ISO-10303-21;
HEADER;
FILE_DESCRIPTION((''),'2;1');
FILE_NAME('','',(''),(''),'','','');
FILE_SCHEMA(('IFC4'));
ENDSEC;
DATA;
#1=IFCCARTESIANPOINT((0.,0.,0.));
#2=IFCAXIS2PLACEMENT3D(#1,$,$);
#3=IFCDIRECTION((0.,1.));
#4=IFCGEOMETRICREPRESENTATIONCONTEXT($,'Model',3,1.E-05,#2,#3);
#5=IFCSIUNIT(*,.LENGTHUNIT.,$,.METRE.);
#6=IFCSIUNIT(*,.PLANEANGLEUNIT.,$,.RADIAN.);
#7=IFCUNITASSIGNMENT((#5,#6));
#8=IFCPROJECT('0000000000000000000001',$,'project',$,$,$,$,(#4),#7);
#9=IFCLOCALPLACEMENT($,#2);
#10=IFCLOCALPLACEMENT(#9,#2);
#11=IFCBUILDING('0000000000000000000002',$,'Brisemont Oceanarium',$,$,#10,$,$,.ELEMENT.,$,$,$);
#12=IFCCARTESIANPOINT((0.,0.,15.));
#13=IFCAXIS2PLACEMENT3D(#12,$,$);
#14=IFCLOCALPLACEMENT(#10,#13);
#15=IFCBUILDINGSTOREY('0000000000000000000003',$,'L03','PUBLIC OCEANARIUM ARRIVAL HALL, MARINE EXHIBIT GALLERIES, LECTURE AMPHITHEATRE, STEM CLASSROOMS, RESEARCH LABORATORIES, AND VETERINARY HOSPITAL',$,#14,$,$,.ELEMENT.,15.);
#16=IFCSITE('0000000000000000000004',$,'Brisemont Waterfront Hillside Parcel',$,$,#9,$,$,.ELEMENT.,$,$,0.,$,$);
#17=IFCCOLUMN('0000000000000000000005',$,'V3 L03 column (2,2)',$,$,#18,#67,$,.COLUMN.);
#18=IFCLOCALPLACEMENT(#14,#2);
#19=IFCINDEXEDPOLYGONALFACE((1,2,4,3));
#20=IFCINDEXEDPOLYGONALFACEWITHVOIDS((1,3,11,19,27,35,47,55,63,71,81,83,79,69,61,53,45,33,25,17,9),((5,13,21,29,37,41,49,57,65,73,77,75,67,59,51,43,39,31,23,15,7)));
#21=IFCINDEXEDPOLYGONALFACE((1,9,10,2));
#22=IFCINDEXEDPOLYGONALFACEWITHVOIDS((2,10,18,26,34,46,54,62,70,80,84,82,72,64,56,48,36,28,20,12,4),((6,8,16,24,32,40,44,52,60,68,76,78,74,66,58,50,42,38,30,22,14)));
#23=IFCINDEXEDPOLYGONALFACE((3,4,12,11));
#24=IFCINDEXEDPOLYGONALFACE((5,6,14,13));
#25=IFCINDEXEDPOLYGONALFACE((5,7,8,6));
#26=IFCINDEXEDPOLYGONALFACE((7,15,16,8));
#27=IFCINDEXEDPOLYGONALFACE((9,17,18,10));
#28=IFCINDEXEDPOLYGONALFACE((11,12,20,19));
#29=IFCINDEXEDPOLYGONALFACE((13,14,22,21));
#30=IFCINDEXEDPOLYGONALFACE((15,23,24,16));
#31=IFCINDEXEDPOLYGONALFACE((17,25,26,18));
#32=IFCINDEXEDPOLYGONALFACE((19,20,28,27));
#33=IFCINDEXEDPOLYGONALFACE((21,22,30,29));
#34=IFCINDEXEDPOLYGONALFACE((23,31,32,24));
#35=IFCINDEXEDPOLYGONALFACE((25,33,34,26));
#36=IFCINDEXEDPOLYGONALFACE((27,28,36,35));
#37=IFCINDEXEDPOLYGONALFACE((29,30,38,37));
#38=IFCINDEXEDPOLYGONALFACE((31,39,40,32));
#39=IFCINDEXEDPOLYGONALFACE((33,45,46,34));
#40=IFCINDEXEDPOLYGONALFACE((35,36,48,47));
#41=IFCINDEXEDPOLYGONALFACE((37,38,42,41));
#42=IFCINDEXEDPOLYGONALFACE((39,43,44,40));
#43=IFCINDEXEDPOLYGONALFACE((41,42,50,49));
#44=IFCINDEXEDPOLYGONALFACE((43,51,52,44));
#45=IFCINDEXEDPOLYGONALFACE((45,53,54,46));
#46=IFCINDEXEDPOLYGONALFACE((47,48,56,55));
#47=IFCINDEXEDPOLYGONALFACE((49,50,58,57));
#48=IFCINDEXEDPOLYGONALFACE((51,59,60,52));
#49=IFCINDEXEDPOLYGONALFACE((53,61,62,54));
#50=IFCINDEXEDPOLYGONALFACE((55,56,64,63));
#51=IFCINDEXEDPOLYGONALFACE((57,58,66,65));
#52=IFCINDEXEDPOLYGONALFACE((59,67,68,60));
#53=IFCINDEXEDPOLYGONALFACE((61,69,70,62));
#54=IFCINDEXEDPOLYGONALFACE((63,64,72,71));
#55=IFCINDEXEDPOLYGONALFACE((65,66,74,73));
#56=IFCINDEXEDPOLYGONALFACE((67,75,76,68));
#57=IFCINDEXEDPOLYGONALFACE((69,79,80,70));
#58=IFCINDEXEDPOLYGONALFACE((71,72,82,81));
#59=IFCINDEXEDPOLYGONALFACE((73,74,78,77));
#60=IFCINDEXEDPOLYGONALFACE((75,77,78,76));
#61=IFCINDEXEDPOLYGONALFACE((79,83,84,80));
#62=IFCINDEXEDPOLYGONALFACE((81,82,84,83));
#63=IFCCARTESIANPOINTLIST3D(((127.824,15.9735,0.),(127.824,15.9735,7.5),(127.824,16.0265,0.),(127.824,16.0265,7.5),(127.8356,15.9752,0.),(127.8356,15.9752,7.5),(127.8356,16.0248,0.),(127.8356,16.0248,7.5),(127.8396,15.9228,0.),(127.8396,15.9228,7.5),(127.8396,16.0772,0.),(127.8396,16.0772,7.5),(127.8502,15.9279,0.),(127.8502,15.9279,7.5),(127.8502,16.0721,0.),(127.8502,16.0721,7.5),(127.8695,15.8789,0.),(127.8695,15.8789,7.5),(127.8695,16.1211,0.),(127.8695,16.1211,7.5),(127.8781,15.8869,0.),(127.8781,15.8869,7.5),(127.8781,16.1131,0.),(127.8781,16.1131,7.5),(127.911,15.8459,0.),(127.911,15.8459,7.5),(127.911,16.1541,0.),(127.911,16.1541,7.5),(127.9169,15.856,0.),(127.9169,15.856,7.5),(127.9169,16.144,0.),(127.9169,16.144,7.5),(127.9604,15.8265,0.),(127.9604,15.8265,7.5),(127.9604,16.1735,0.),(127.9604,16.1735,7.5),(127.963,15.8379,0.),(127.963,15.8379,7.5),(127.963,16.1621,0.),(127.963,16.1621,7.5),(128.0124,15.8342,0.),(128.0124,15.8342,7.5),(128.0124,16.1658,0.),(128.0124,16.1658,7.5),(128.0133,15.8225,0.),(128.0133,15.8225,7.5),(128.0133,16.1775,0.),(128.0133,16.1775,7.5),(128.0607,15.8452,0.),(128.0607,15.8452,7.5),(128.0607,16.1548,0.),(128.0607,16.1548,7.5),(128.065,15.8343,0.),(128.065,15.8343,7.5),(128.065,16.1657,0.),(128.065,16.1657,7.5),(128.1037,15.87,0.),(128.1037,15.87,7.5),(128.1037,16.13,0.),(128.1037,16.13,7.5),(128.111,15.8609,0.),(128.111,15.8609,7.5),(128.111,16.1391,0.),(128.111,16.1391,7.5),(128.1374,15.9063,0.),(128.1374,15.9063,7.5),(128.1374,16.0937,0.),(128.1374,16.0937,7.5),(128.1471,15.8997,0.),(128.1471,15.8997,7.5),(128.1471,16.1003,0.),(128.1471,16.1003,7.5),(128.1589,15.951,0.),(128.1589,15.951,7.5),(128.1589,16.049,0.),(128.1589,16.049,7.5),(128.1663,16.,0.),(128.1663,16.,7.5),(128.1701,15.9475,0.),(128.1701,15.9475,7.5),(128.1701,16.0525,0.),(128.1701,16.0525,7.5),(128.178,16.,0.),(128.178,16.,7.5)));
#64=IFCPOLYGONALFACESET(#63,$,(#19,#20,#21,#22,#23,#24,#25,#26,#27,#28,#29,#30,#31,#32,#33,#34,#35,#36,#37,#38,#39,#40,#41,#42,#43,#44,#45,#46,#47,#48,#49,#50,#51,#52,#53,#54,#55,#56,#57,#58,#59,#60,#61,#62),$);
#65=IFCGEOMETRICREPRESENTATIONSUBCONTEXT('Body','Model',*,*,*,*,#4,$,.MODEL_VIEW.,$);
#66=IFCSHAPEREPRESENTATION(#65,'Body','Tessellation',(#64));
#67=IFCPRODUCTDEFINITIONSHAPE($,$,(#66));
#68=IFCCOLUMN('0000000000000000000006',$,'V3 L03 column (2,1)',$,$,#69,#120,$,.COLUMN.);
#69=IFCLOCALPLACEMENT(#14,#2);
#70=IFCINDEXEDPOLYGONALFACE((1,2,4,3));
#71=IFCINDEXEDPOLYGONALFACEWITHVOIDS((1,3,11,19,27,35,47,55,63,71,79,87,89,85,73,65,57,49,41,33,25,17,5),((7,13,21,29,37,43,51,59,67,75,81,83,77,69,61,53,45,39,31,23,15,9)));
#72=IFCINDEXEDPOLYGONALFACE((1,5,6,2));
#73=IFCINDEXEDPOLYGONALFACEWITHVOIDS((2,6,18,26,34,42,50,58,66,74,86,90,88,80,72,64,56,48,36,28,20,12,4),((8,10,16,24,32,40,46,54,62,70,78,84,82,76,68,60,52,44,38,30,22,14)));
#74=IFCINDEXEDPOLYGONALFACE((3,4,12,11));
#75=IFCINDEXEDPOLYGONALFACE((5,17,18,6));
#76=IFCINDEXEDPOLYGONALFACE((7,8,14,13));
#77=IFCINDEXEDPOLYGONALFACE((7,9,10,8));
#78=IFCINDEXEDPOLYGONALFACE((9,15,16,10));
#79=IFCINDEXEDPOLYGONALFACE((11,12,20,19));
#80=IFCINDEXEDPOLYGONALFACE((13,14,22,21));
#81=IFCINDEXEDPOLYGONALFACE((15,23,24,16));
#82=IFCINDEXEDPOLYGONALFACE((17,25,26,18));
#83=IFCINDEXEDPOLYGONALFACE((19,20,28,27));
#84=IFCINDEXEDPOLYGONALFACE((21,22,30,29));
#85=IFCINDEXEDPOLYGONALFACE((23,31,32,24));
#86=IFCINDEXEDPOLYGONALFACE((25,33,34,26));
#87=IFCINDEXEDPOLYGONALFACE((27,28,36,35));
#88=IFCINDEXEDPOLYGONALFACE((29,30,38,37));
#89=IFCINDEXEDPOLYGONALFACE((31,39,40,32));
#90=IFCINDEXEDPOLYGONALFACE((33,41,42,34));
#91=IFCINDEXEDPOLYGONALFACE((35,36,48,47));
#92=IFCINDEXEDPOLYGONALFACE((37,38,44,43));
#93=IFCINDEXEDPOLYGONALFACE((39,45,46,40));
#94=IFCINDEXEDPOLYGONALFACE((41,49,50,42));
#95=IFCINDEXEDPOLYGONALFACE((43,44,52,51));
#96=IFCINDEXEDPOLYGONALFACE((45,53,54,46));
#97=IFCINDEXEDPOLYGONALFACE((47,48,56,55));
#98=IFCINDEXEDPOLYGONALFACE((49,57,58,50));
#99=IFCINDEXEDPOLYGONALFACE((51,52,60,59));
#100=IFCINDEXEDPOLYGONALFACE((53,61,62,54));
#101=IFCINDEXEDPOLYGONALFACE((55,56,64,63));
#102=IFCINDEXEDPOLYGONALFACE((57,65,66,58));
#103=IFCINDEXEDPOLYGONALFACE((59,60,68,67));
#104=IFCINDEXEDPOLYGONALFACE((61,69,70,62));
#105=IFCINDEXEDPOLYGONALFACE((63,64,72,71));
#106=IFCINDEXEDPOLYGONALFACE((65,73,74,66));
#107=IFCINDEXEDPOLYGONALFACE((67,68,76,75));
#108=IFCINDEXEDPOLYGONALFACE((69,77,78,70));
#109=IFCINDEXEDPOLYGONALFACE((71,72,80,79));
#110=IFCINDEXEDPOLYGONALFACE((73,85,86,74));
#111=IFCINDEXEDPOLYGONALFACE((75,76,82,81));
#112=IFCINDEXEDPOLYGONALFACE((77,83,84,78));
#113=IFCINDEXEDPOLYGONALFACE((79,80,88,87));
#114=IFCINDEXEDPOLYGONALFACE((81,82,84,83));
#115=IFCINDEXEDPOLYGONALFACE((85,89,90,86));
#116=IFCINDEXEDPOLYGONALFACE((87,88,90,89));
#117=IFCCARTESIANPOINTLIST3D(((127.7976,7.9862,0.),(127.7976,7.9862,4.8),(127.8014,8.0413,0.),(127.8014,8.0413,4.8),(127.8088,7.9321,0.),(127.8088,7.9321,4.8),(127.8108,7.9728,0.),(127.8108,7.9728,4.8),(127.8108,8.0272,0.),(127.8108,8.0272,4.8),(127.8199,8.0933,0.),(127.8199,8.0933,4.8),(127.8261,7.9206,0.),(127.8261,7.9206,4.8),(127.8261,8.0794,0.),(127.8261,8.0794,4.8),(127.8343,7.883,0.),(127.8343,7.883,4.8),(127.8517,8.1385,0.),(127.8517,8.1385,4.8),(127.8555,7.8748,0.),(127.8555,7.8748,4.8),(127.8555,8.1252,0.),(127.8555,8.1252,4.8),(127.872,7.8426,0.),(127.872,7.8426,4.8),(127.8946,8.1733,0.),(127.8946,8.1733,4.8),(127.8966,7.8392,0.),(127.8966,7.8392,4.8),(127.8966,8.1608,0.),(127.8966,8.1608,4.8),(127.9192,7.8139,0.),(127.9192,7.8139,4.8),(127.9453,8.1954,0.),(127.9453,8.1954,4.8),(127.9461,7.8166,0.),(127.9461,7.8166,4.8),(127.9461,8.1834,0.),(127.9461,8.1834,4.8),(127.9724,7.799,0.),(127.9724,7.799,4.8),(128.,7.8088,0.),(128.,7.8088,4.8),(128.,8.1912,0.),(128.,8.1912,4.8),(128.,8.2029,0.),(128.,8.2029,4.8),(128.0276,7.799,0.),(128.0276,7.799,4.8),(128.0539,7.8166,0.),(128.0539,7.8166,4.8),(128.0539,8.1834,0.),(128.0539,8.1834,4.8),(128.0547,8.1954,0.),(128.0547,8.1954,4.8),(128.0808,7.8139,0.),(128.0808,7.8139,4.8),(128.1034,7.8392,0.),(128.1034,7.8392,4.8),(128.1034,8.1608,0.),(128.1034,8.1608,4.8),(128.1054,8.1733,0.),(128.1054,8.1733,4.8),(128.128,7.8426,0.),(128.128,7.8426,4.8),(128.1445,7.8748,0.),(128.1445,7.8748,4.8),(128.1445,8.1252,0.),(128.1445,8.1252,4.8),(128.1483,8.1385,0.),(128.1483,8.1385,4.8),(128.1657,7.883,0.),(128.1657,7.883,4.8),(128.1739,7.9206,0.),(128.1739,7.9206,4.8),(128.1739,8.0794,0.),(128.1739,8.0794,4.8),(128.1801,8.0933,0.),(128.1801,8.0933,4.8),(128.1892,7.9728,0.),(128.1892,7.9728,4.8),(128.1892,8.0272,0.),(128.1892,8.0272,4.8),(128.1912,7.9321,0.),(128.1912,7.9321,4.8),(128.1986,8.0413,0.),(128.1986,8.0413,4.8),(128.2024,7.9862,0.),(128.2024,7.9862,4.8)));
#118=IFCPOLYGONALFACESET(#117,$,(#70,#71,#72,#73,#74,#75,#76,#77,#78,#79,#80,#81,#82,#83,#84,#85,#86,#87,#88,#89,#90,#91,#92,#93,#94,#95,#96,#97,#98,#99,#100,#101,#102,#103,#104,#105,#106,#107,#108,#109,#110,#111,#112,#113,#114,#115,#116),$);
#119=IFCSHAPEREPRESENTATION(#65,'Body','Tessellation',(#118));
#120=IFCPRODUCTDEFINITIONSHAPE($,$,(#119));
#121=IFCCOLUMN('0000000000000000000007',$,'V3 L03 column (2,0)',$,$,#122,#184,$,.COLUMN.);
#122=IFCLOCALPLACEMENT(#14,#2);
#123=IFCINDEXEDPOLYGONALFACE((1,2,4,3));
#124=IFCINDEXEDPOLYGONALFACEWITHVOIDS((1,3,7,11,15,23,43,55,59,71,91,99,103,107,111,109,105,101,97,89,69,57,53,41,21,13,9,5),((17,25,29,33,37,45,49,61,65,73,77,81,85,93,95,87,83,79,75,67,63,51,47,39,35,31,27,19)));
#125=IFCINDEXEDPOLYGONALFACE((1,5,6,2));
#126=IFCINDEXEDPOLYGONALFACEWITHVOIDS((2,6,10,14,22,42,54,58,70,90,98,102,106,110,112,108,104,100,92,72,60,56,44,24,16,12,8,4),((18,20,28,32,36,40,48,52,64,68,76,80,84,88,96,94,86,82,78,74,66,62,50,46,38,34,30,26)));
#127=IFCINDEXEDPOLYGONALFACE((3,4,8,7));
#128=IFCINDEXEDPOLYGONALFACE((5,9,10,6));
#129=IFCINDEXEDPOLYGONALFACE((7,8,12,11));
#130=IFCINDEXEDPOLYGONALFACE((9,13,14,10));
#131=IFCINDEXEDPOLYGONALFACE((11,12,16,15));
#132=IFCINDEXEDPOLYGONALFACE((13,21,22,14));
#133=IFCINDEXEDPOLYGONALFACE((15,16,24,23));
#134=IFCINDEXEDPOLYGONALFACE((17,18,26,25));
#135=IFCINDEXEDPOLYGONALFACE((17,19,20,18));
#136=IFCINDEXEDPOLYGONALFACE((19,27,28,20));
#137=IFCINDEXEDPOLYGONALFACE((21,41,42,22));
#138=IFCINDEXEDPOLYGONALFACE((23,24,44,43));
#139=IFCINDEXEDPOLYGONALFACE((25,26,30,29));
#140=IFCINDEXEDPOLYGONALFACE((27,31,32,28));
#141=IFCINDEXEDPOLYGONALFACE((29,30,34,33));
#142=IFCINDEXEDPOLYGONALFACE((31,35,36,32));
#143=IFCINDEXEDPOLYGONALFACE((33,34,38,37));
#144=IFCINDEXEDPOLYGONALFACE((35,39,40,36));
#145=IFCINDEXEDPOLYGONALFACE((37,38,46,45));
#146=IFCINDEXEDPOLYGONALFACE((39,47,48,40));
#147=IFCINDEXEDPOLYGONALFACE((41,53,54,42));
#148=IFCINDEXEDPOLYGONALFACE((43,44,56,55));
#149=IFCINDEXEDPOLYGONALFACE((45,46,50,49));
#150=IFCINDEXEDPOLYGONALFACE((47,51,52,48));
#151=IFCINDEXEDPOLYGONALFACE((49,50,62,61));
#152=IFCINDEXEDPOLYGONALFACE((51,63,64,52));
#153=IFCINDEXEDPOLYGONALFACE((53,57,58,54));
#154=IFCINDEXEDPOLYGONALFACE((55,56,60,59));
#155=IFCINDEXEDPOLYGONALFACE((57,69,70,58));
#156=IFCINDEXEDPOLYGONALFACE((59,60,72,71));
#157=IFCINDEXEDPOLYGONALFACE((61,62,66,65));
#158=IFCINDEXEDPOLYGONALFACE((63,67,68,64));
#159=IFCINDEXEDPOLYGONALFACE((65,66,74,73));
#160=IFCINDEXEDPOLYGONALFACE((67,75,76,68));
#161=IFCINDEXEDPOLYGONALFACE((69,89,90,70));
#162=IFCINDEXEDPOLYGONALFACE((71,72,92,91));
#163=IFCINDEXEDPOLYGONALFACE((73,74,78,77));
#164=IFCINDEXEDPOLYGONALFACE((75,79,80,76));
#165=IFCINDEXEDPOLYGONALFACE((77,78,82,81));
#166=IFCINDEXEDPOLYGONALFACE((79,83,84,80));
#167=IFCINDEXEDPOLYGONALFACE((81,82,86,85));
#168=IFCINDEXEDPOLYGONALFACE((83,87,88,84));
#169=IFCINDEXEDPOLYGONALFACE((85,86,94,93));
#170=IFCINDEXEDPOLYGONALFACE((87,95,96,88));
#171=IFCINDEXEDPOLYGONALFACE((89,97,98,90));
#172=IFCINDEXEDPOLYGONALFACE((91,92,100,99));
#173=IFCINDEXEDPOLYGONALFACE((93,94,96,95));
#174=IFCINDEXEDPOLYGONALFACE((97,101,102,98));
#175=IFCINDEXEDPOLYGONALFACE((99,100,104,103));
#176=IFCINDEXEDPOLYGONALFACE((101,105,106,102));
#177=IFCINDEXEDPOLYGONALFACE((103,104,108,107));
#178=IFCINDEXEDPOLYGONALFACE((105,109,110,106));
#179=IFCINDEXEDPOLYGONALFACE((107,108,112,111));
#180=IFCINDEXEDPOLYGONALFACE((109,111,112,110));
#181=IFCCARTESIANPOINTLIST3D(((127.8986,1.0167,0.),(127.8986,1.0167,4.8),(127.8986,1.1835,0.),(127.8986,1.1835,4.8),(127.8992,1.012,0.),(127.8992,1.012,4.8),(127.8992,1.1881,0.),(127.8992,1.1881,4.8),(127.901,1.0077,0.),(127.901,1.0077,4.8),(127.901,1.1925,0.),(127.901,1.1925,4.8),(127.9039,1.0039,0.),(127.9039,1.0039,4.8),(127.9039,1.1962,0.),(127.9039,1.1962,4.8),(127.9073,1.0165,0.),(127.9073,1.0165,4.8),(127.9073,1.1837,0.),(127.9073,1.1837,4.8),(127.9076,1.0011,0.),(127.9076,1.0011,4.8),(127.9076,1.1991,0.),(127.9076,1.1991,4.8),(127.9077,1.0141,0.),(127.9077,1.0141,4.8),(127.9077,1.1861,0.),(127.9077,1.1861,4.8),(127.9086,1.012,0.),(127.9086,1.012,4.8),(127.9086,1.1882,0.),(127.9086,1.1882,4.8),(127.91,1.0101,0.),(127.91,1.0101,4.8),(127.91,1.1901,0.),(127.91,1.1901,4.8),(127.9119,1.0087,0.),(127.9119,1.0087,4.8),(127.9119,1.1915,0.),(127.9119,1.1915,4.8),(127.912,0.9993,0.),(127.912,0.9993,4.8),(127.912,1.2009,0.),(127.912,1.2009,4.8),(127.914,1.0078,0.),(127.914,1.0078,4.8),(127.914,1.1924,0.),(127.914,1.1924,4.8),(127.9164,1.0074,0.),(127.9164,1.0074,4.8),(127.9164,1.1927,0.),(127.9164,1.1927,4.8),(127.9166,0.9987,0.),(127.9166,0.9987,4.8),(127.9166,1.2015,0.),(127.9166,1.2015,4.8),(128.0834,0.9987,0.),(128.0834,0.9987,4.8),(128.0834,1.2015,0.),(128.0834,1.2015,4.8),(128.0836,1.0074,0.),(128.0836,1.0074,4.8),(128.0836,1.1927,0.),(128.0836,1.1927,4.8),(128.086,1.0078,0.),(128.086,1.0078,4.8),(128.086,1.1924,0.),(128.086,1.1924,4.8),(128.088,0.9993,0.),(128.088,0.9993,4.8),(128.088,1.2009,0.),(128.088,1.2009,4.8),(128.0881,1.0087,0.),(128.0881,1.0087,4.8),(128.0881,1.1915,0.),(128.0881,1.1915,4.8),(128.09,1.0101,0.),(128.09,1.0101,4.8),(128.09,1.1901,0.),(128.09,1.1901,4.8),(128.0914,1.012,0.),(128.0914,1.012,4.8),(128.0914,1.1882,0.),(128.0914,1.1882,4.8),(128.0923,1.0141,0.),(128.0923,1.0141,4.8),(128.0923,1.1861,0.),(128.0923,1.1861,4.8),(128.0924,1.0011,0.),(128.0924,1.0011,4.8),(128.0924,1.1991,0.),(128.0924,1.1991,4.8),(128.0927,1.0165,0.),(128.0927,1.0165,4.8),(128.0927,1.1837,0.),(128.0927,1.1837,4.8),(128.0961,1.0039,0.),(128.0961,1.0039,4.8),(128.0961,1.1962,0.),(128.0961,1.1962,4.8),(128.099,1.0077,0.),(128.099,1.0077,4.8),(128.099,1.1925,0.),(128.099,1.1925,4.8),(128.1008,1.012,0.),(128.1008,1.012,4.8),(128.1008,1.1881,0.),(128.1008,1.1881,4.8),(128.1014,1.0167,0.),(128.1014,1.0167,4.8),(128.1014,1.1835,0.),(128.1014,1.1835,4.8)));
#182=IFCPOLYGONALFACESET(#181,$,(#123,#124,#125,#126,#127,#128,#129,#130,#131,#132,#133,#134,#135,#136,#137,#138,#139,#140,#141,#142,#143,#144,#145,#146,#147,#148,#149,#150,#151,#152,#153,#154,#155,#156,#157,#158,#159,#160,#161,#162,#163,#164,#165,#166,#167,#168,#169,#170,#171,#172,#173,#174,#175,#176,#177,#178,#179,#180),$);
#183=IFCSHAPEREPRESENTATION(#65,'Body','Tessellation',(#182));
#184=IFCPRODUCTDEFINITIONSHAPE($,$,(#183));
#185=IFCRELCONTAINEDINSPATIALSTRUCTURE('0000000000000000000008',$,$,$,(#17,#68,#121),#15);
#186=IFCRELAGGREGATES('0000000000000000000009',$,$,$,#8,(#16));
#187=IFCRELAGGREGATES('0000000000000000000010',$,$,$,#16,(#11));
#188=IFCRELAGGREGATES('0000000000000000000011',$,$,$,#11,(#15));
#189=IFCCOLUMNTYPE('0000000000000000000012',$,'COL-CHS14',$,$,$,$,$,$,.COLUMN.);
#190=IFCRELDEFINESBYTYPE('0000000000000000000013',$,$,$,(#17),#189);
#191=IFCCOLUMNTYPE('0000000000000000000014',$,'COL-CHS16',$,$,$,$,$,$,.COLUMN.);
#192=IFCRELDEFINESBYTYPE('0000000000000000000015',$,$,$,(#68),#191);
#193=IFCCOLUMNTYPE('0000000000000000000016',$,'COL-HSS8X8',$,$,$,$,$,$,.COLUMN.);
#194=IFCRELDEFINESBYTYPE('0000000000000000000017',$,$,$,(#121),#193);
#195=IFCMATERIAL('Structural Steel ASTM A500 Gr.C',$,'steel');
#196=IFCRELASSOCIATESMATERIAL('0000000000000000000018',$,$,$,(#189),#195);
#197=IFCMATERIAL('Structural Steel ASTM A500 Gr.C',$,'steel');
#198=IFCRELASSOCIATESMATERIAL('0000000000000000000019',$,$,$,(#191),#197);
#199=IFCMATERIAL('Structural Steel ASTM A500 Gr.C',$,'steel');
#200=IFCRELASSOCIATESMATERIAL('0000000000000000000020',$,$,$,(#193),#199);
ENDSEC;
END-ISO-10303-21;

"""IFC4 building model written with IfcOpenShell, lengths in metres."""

from ifc_helpers import new_model, si_unit, direction, frame, origin, origin_2d, place, context, subcontext, project, spatial, hollow_rectangle, hollow_circle, extrude, material, material_profile, profile_set, type_object, element, save


model = new_model("IFC4")

# Units and contexts
model_context = context("Model", 3, precision=1e-05, world=origin(), true_north=direction((0.0, 1.0)))
body_context = subcontext(model_context, "Body", "Model", "MODEL_VIEW")
ifc_project = project(units=[si_unit("LENGTHUNIT", "METRE"), si_unit("PLANEANGLEUNIT", "RADIAN")], contexts=[model_context])

# Site, building, storey
site_placement = place(None, origin())
site = spatial("IfcSite", under=ifc_project, at=site_placement, Name="Brisemont Waterfront Hillside Parcel", CompositionType="ELEMENT", RefElevation=0.0)
building_placement = place(site_placement, origin())
building = spatial("IfcBuilding", under=site, at=building_placement, Name="Brisemont Oceanarium", CompositionType="ELEMENT")
storey_placement = place(building_placement, frame((0.0, 0.0, 15.0)))
storey = spatial("IfcBuildingStorey", under=building, at=storey_placement, Name="L03", Description="PUBLIC OCEANARIUM ARRIVAL HALL, MARINE EXHIBIT GALLERIES, LECTURE AMPHITHEATRE, STEM CLASSROOMS, RESEARCH LABORATORIES, AND VETERINARY HOSPITAL", CompositionType="ELEMENT", Elevation=15.0)

# Columns
ifc_material_1 = material(Name="Structural Steel ASTM A500 Gr.C", Category="steel")
ifc_material_profile_1 = material_profile(ifc_material_1, hollow_circle(Radius=0.178, WallThickness=0.0117, at=origin_2d()), Name="HSS14.000X0.500")
ifc_profile_set_1 = profile_set([ifc_material_profile_1], Name="Structural Steel ASTM A500 Gr.C")
column_type_1 = type_object("IfcColumnType", Name="COL-CHS14", PredefinedType="COLUMN", material=ifc_profile_set_1)
column_1_placement = place(storey_placement, frame((128.0, 16.0, 0.0), z_axis=(0.0, 0.0, 1.0), x_axis=(1.0, 0.0, 0.0)))
element("IfcColumn", 1, at=column_1_placement, inside=storey, type_object=column_type_1, Name="V3 L03 column (2,2)", PredefinedType="COLUMN", context=body_context, shape_type="SweptSolid", body=[
    extrude(hollow_circle(Radius=0.178, WallThickness=0.0117, at=origin_2d()), origin(), (0.0, 0.0, 1.0), 7.5),
])
ifc_material_2 = material(Name="Structural Steel ASTM A500 Gr.C", Category="steel")
ifc_material_profile_2 = material_profile(ifc_material_2, hollow_circle(Radius=0.2029, WallThickness=0.0117, at=origin_2d()), Name="HSS16.000X0.500")
ifc_profile_set_2 = profile_set([ifc_material_profile_2], Name="Structural Steel ASTM A500 Gr.C")
column_type_2 = type_object("IfcColumnType", Name="COL-CHS16", PredefinedType="COLUMN", material=ifc_profile_set_2)
column_2_placement = place(storey_placement, frame((128.0, 8.0, 0.0), z_axis=(0.0, 0.0, 1.0), x_axis=(0.0, 1.0, 0.0)))
element("IfcColumn", 2, at=column_2_placement, inside=storey, type_object=column_type_2, Name="V3 L03 column (2,1)", PredefinedType="COLUMN", context=body_context, shape_type="SweptSolid", body=[
    extrude(hollow_circle(Radius=0.2029, WallThickness=0.0117, at=origin_2d()), origin(), (0.0, 0.0, 1.0), 4.8),
])
ifc_material_3 = material(Name="Structural Steel ASTM A500 Gr.C", Category="steel")
ifc_material_profile_3 = material_profile(ifc_material_3, hollow_rectangle(XDim=0.2029, YDim=0.2029, WallThickness=0.0088, InnerFilletRadius=0.009, OuterFilletRadius=0.0181, at=origin_2d()), Name="HSS8X8X3/8")
ifc_profile_set_3 = profile_set([ifc_material_profile_3], Name="Structural Steel ASTM A500 Gr.C")
column_type_3 = type_object("IfcColumnType", Name="COL-HSS8X8", PredefinedType="COLUMN", material=ifc_profile_set_3)
column_3_placement = place(storey_placement, frame((128.0, 1.1001, 0.0), z_axis=(0.0, 0.0, 1.0), x_axis=(1.0, 0.0, 0.0)))
element("IfcColumn", 3, at=column_3_placement, inside=storey, type_object=column_type_3, Name="V3 L03 column (2,0)", PredefinedType="COLUMN", context=body_context, shape_type="SweptSolid", body=[
    extrude(hollow_rectangle(XDim=0.2029, YDim=0.2029, WallThickness=0.0088, InnerFilletRadius=0.009, OuterFilletRadius=0.0181, at=origin_2d()), origin(), (0.0, 0.0, 1.0), 4.8),
])

save(model, "model.ifc")
